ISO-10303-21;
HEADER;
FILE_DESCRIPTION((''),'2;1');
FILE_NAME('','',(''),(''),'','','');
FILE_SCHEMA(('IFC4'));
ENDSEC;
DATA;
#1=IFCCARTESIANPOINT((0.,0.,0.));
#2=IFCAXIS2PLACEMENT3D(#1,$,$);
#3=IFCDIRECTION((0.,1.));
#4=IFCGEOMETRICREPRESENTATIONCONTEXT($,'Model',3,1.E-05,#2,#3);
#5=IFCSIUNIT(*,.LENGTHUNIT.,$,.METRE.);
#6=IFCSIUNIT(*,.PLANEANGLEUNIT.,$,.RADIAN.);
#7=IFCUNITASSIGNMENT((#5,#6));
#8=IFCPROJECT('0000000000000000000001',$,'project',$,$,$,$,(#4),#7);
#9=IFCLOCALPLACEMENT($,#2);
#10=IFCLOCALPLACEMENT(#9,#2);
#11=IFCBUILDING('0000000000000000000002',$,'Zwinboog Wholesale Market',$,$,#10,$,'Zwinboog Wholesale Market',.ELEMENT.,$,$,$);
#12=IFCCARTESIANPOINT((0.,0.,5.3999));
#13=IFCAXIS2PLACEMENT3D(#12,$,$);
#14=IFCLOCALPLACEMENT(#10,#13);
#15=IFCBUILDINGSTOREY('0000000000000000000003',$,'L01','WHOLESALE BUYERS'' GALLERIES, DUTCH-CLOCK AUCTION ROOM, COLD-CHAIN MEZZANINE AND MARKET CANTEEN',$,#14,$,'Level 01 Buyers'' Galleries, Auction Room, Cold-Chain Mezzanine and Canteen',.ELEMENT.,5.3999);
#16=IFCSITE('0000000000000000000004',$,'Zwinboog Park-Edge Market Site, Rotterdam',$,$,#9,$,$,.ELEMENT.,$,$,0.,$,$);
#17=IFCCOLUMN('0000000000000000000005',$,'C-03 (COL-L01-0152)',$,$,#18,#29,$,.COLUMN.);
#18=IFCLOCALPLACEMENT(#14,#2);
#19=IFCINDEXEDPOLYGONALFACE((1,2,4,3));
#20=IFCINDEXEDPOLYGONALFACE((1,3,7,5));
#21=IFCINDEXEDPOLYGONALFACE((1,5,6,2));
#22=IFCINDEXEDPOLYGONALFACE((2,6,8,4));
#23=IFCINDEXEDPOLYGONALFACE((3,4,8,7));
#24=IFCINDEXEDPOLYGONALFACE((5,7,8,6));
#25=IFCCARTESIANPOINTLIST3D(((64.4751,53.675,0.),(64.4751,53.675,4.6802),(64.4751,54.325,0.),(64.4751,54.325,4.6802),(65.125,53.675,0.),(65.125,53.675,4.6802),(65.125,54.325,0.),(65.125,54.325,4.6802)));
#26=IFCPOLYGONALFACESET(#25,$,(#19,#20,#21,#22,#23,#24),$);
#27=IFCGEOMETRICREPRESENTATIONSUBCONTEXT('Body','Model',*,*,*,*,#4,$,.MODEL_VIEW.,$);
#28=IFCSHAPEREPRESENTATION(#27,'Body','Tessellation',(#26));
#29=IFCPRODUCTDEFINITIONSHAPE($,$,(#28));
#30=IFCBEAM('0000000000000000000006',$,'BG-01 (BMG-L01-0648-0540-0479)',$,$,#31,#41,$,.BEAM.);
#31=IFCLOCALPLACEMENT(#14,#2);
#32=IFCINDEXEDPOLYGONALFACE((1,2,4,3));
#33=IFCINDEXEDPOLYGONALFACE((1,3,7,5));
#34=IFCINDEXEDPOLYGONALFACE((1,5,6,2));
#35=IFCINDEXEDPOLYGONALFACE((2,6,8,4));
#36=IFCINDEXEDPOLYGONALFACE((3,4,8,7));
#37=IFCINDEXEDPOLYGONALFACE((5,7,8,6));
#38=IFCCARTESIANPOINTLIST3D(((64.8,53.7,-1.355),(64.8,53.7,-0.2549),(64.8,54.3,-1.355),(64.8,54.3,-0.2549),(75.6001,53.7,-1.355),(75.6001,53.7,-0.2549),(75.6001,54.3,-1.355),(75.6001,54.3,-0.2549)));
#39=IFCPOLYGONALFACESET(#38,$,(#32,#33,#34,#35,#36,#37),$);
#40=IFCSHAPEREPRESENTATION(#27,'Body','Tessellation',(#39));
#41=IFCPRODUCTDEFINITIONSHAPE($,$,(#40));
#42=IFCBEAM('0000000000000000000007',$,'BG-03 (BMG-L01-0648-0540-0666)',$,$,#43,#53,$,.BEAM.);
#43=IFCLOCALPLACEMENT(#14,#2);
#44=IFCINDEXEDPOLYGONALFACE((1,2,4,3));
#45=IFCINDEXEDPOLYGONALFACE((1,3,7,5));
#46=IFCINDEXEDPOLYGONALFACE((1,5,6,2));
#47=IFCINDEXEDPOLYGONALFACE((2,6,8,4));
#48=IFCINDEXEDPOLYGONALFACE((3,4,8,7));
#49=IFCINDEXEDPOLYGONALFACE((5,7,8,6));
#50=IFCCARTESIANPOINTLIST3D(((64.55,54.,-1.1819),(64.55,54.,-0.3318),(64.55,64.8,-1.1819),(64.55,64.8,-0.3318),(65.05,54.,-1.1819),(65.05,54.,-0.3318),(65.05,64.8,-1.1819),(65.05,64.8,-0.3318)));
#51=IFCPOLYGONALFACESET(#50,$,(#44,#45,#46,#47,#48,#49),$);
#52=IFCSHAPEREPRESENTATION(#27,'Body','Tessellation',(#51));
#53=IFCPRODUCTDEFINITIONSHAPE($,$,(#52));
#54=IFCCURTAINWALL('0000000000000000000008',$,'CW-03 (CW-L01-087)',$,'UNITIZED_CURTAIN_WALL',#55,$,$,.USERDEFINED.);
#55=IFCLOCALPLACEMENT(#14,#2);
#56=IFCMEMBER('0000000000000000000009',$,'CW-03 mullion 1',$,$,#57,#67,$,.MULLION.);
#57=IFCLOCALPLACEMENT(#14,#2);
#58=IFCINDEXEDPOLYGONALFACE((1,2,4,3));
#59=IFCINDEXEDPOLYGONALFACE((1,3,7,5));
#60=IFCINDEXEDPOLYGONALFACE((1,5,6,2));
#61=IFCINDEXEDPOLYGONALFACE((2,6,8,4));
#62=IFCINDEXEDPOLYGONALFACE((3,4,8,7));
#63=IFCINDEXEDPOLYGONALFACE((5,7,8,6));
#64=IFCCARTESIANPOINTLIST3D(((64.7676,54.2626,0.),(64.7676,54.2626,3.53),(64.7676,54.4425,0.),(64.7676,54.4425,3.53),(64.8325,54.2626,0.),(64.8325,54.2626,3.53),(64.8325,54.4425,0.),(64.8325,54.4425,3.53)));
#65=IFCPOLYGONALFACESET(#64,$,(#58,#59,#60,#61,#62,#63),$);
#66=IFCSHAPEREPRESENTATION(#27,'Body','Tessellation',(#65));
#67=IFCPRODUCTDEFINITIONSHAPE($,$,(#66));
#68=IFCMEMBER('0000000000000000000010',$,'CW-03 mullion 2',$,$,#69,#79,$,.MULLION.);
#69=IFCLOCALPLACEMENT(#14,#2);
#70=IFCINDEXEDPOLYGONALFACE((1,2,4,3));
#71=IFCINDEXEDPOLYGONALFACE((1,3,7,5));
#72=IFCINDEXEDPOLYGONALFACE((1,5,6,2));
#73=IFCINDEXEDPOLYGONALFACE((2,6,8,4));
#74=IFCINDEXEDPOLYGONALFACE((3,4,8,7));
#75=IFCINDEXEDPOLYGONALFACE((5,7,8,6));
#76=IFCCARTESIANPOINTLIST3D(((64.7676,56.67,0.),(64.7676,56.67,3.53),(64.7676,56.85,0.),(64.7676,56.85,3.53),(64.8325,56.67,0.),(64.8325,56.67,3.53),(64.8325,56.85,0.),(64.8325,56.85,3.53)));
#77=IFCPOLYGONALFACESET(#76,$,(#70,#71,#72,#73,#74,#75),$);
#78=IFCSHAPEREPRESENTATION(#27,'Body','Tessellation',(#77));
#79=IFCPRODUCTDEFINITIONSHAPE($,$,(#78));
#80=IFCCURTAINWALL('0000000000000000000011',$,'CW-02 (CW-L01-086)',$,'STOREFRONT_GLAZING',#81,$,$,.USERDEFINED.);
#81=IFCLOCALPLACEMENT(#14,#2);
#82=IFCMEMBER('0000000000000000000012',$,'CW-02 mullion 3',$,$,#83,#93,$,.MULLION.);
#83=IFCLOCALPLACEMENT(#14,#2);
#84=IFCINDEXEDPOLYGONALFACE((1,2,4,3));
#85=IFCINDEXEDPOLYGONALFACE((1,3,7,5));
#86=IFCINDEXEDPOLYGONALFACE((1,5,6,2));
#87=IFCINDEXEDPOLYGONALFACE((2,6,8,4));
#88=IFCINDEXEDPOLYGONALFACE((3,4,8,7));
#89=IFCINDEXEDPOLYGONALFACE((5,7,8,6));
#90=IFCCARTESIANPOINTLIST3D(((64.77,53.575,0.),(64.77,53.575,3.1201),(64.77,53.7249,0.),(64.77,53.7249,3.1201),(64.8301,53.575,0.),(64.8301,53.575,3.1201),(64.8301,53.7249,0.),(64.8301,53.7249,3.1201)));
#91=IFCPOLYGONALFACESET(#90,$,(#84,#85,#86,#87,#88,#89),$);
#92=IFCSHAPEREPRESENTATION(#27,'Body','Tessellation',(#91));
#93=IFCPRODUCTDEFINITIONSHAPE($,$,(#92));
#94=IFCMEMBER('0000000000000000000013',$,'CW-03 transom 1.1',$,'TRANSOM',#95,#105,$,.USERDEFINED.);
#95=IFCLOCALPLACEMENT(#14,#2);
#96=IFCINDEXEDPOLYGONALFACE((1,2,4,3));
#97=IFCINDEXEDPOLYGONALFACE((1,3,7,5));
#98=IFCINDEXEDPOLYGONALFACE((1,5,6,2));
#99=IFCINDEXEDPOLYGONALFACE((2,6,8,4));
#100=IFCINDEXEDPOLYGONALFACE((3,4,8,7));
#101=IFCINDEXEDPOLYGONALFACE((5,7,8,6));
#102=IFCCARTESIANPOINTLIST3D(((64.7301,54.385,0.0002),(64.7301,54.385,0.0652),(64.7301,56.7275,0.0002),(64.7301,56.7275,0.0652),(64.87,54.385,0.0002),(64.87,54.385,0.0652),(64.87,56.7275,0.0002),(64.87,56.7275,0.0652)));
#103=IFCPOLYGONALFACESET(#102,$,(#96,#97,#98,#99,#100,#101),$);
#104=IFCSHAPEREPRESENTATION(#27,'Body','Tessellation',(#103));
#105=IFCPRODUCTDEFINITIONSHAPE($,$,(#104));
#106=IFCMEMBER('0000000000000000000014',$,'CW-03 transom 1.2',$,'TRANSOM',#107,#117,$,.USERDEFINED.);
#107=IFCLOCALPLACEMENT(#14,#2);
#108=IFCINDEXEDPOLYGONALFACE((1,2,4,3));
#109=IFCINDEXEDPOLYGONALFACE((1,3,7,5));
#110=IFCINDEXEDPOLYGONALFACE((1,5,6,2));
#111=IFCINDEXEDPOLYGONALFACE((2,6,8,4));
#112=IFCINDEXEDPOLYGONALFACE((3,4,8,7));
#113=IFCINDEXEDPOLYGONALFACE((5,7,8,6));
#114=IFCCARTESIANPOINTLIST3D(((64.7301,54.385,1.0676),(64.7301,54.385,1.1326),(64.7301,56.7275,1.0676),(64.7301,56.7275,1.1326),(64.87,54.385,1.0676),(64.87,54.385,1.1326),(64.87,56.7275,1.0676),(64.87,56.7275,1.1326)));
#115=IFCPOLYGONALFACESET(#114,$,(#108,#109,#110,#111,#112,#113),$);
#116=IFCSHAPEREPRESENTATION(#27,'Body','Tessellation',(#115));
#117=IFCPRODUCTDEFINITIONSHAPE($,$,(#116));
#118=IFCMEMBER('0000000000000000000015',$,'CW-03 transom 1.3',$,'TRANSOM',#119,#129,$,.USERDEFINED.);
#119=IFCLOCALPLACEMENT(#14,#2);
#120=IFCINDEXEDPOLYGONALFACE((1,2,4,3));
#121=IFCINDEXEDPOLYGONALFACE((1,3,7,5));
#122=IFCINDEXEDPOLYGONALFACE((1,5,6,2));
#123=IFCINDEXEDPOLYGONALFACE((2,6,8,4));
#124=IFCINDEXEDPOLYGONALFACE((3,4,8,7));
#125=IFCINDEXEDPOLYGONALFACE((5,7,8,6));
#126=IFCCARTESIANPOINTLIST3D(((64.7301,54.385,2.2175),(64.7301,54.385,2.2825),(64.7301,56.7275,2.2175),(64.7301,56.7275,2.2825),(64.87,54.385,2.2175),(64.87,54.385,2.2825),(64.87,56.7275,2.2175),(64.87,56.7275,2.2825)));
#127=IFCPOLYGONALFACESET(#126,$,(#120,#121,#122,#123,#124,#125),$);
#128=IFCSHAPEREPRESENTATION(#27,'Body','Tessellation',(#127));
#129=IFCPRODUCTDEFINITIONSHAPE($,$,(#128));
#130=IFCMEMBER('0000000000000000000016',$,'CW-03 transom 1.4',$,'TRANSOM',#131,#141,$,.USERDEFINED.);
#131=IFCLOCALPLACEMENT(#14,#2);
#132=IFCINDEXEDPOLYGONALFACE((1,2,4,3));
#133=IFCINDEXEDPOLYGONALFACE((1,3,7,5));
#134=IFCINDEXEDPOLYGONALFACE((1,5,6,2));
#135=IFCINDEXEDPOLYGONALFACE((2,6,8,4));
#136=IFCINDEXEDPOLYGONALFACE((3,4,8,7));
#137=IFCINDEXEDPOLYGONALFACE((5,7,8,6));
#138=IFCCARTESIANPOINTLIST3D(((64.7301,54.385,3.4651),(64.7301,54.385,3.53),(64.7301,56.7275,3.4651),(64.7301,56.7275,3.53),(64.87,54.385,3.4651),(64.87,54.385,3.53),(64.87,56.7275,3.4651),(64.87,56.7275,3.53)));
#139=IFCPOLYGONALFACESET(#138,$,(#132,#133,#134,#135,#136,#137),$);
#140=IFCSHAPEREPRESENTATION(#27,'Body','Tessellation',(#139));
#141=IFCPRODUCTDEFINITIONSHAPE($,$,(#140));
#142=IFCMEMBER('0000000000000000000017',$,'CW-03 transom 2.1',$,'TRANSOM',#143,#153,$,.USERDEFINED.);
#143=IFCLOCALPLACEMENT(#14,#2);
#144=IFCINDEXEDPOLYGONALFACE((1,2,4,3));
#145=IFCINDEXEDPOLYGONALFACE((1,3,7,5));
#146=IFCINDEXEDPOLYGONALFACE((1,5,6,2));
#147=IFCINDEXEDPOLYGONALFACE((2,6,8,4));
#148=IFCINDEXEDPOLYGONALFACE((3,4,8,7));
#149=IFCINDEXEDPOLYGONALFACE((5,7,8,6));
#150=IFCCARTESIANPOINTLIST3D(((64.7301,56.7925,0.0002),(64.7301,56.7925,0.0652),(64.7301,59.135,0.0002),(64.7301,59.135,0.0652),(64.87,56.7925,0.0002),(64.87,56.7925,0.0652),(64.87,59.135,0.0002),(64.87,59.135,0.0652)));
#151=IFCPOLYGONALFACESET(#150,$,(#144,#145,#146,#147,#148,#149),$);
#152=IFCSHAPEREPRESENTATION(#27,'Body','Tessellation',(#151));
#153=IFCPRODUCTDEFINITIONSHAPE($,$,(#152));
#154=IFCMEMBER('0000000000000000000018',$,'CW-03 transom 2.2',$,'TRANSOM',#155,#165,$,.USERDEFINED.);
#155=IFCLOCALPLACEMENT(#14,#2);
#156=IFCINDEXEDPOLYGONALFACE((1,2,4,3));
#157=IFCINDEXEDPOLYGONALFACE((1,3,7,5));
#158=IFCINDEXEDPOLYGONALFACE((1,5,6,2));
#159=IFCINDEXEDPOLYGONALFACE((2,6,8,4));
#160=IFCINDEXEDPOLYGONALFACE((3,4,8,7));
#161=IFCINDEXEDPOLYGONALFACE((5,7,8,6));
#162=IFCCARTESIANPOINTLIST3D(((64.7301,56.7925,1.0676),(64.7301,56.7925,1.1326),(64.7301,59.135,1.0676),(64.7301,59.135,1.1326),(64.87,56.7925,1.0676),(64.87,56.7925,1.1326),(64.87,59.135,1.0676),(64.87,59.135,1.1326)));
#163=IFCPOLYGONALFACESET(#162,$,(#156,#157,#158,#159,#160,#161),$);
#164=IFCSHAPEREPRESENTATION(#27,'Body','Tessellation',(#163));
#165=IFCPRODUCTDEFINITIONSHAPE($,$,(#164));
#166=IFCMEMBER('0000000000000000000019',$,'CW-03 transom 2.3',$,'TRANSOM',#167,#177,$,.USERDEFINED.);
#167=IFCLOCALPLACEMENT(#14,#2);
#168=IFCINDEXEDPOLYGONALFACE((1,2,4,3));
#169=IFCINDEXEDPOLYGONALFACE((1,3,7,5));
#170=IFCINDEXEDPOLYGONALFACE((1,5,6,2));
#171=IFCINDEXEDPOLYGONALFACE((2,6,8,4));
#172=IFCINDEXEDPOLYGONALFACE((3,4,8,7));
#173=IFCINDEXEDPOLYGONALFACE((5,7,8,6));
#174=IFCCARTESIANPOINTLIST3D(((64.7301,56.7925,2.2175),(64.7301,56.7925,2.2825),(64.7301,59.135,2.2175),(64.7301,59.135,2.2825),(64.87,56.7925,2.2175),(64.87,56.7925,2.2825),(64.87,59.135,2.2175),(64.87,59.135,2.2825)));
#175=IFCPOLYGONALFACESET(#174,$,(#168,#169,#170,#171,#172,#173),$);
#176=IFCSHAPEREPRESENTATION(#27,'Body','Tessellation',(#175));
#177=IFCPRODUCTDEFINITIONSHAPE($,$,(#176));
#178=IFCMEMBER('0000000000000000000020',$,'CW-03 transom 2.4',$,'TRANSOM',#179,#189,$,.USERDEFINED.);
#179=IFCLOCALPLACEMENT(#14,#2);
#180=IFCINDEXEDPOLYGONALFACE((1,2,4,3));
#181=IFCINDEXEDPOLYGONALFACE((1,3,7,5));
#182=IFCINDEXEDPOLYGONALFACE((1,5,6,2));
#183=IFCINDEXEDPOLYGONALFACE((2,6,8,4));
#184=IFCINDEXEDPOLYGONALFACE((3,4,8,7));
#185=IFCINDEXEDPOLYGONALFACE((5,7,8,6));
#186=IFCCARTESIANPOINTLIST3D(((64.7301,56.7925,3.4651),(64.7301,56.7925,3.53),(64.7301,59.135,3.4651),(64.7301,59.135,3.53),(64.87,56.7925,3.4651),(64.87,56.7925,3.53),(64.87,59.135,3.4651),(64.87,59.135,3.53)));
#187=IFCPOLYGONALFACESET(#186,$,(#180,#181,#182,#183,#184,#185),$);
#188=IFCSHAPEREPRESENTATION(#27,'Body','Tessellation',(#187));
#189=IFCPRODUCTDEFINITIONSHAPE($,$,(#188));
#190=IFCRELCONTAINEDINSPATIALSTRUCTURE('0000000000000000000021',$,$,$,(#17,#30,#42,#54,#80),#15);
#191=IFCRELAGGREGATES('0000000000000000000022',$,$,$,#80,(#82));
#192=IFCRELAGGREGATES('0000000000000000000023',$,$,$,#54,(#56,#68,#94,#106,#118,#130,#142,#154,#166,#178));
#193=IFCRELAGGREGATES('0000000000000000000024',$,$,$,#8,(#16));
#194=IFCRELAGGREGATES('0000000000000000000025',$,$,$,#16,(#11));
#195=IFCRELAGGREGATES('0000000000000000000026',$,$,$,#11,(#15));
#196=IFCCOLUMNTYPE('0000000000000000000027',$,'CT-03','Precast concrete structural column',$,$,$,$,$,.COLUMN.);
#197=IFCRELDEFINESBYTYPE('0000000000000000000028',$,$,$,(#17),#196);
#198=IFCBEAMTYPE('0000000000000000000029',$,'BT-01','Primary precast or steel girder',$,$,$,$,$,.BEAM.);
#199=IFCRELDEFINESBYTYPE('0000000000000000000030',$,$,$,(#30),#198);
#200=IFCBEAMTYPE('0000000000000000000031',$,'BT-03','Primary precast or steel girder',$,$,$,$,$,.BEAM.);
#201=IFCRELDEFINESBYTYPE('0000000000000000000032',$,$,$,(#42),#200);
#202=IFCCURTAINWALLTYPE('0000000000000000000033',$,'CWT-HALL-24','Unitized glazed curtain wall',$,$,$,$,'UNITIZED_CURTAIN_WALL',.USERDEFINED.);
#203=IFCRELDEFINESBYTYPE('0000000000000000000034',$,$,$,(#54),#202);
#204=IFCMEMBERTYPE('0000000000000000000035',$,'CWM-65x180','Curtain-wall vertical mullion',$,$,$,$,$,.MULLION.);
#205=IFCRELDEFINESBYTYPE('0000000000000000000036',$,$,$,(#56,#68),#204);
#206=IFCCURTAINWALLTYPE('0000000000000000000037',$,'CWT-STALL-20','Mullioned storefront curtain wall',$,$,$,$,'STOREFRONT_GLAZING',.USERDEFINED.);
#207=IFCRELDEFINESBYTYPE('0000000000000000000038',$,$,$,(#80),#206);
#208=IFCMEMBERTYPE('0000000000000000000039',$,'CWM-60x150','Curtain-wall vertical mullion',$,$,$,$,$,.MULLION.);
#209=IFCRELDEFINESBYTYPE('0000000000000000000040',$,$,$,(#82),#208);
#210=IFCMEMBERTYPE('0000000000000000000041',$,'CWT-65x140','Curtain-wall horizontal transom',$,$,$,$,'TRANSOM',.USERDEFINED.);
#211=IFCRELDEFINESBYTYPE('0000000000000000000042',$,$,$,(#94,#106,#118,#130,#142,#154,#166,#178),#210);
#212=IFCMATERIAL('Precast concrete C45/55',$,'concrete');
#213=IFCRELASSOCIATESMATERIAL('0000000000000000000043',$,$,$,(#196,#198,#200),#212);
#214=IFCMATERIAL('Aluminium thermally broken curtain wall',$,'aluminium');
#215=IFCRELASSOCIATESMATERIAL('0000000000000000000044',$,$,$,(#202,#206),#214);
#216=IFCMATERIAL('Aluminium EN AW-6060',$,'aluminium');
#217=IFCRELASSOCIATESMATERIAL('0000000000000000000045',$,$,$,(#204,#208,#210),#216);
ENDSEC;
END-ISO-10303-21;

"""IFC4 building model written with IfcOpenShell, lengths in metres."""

from ifc_helpers import new_model, si_unit, direction, frame, origin, origin_2d, place, context, subcontext, project, spatial, rectangle, extrude, material, material_profile, profile_set, type_object, element, aggregate, save


model = new_model("IFC4")

# Units and contexts
model_context = context("Model", 3, precision=1e-05, world=origin(), true_north=direction((0.0, 1.0)))
body_context = subcontext(model_context, "Body", "Model", "MODEL_VIEW")
ifc_project = project(units=[si_unit("LENGTHUNIT", "METRE"), si_unit("PLANEANGLEUNIT", "RADIAN")], contexts=[model_context])

# Site, building, storey
site_placement = place(None, origin())
site = spatial("IfcSite", under=ifc_project, at=site_placement, Name="Zwinboog Park-Edge Market Site, Rotterdam", CompositionType="ELEMENT", RefElevation=0.0)
building_placement = place(site_placement, origin())
building = spatial("IfcBuilding", under=site, at=building_placement, Name="Zwinboog Wholesale Market", LongName="Zwinboog Wholesale Market", CompositionType="ELEMENT")
storey_placement = place(building_placement, frame((0.0, 0.0, 5.3999)))
storey = spatial("IfcBuildingStorey", under=building, at=storey_placement, Name="L01", Description="WHOLESALE BUYERS' GALLERIES, DUTCH-CLOCK AUCTION ROOM, COLD-CHAIN MEZZANINE AND MARKET CANTEEN", LongName="Level 01 Buyers' Galleries, Auction Room, Cold-Chain Mezzanine and Canteen", CompositionType="ELEMENT", Elevation=5.3999)

# Column
ifc_material_1 = material(Name="Precast concrete C45/55", Category="concrete")
ifc_material_profile_1 = material_profile(ifc_material_1, rectangle(XDim=0.6499, YDim=0.6499, at=origin_2d()), Name="PC 650x650")
ifc_profile_set_1 = profile_set([ifc_material_profile_1], Name="Precast concrete C45/55")
column_type = type_object("IfcColumnType", Name="CT-03", Description="Precast concrete structural column", PredefinedType="COLUMN", material=ifc_profile_set_1)
column_placement = place(storey_placement, frame((64.8, 54.0, 0.0), z_axis=(0.0, 0.0, 1.0), x_axis=(1.0, 0.0, 0.0)))
element("IfcColumn", 1, at=column_placement, inside=storey, type_object=column_type, Name="C-03 (COL-L01-0152)", PredefinedType="COLUMN", context=body_context, shape_type="SweptSolid", body=[
    extrude(rectangle(XDim=0.6499, YDim=0.6499, at=origin_2d()), origin(), (0.0, 0.0, 1.0), 4.6802),
])

# Beams
ifc_material_profile_2 = material_profile(ifc_material_1, rectangle(XDim=0.6001, YDim=1.1001, at=origin_2d()), Name="PC 600x1100")
ifc_profile_set_2 = profile_set([ifc_material_profile_2], Name="Precast concrete C45/55")
beam_type_1 = type_object("IfcBeamType", Name="BT-01", Description="Primary precast or steel girder", PredefinedType="BEAM", material=ifc_profile_set_2)
beam_1_placement = place(storey_placement, frame((64.8, 54.0, -0.8049), z_axis=(1.0, 0.0, 0.0), x_axis=(0.0, 1.0, 0.0)))
element("IfcBeam", 2, at=beam_1_placement, inside=storey, type_object=beam_type_1, Name="BG-01 (BMG-L01-0648-0540-0479)", PredefinedType="BEAM", context=body_context, shape_type="SweptSolid", body=[
    extrude(rectangle(XDim=0.6001, YDim=1.1001, at=origin_2d()), origin(), (0.0, 0.0, 1.0), 10.8),
])
ifc_material_profile_3 = material_profile(ifc_material_1, rectangle(XDim=0.5, YDim=0.8501, at=origin_2d()), Name="PC 500x850")
ifc_profile_set_3 = profile_set([ifc_material_profile_3], Name="Precast concrete C45/55")
beam_type_2 = type_object("IfcBeamType", Name="BT-03", Description="Primary precast or steel girder", PredefinedType="BEAM", material=ifc_profile_set_3)
beam_2_placement = place(storey_placement, frame((64.8, 54.0, -0.7568), z_axis=(0.0, 1.0, 0.0), x_axis=(-1.0, 0.0, 0.0)))
element("IfcBeam", 3, at=beam_2_placement, inside=storey, type_object=beam_type_2, Name="BG-03 (BMG-L01-0648-0540-0666)", PredefinedType="BEAM", context=body_context, shape_type="SweptSolid", body=[
    extrude(rectangle(XDim=0.5, YDim=0.8501, at=origin_2d()), origin(), (0.0, 0.0, 1.0), 10.8),
])

# Curtain wall, members
ifc_material_2 = material(Name="Aluminium thermally broken curtain wall", Category="aluminium")
curtain_wall_type_1 = type_object("IfcCurtainWallType", Name="CWT-HALL-24", Description="Unitized glazed curtain wall", ElementType="UNITIZED_CURTAIN_WALL", PredefinedType="USERDEFINED", material=ifc_material_2)
curtain_wall_1_placement = place(storey_placement, origin())
curtain_wall_1 = element("IfcCurtainWall", 4, at=curtain_wall_1_placement, inside=storey, type_object=curtain_wall_type_1, Name="CW-03 (CW-L01-087)", ObjectType="UNITIZED_CURTAIN_WALL", PredefinedType="USERDEFINED")
ifc_material_3 = material(Name="Aluminium EN AW-6060", Category="aluminium")
ifc_material_profile_4 = material_profile(ifc_material_3, rectangle(XDim=0.0649, YDim=0.1799, at=origin_2d()), Name="AL 65x180")
ifc_profile_set_4 = profile_set([ifc_material_profile_4], Name="Aluminium EN AW-6060")
member_type_1 = type_object("IfcMemberType", Name="CWM-65x180", Description="Curtain-wall vertical mullion", PredefinedType="MULLION", material=ifc_profile_set_4)
member_1_placement = place(storey_placement, frame((64.8, 54.3525, 0.0), z_axis=(0.0, 0.0, 1.0), x_axis=(-1.0, 0.0, 0.0)))
member_1 = element("IfcMember", 5, at=member_1_placement, type_object=member_type_1, Name="CW-03 mullion 1", PredefinedType="MULLION", context=body_context, shape_type="SweptSolid", body=[
    extrude(rectangle(XDim=0.0649, YDim=0.1799, at=origin_2d()), origin(), (0.0, 0.0, 1.0), 3.53),
])
member_2_placement = place(storey_placement, frame((64.8, 56.76, 0.0), z_axis=(0.0, 0.0, 1.0), x_axis=(-1.0, 0.0, 0.0)))
member_2 = element("IfcMember", 6, at=member_2_placement, type_object=member_type_1, Name="CW-03 mullion 2", PredefinedType="MULLION", context=body_context, shape_type="SweptSolid", body=[
    extrude(rectangle(XDim=0.0649, YDim=0.1799, at=origin_2d()), origin(), (0.0, 0.0, 1.0), 3.53),
])

# Curtain wall, member
curtain_wall_type_2 = type_object("IfcCurtainWallType", Name="CWT-STALL-20", Description="Mullioned storefront curtain wall", ElementType="STOREFRONT_GLAZING", PredefinedType="USERDEFINED", material=ifc_material_2)
curtain_wall_2_placement = place(storey_placement, origin())
curtain_wall_2 = element("IfcCurtainWall", 7, at=curtain_wall_2_placement, inside=storey, type_object=curtain_wall_type_2, Name="CW-02 (CW-L01-086)", ObjectType="STOREFRONT_GLAZING", PredefinedType="USERDEFINED")
ifc_material_profile_5 = material_profile(ifc_material_3, rectangle(XDim=0.0601, YDim=0.1499, at=origin_2d()), Name="AL 60x150")
ifc_profile_set_5 = profile_set([ifc_material_profile_5], Name="Aluminium EN AW-6060")
member_type_2 = type_object("IfcMemberType", Name="CWM-60x150", Description="Curtain-wall vertical mullion", PredefinedType="MULLION", material=ifc_profile_set_5)
member_3_placement = place(storey_placement, frame((64.8, 53.6499, 0.0), z_axis=(0.0, 0.0, 1.0), x_axis=(-1.0, 0.0, 0.0)))
member_3 = element("IfcMember", 8, at=member_3_placement, type_object=member_type_2, Name="CW-02 mullion 3", PredefinedType="MULLION", context=body_context, shape_type="SweptSolid", body=[
    extrude(rectangle(XDim=0.0601, YDim=0.1499, at=origin_2d()), origin(), (0.0, 0.0, 1.0), 3.1201),
])
aggregate(curtain_wall_2, [member_3])

# Members
ifc_material_profile_6 = material_profile(ifc_material_3, rectangle(XDim=0.1399, YDim=0.0649, at=origin_2d()), Name="AL 65x140")
ifc_profile_set_6 = profile_set([ifc_material_profile_6], Name="Aluminium EN AW-6060")
member_type_3 = type_object("IfcMemberType", Name="CWT-65x140", Description="Curtain-wall horizontal transom", ElementType="TRANSOM", PredefinedType="USERDEFINED", material=ifc_profile_set_6)
member_4_placement = place(storey_placement, frame((64.8, 54.385, 0.0327), z_axis=(0.0, 1.0, 0.0), x_axis=(-1.0, 0.0, 0.0)))
member_4 = element("IfcMember", 9, at=member_4_placement, type_object=member_type_3, Name="CW-03 transom 1.1", ObjectType="TRANSOM", PredefinedType="USERDEFINED", context=body_context, shape_type="SweptSolid", body=[
    extrude(rectangle(XDim=0.1399, YDim=0.0649, at=origin_2d()), origin(), (0.0, 0.0, 1.0), 2.3425),
])
member_5_placement = place(storey_placement, frame((64.8, 54.385, 1.1001), z_axis=(0.0, 1.0, 0.0), x_axis=(-1.0, 0.0, 0.0)))
member_5 = element("IfcMember", 10, at=member_5_placement, type_object=member_type_3, Name="CW-03 transom 1.2", ObjectType="TRANSOM", PredefinedType="USERDEFINED", context=body_context, shape_type="SweptSolid", body=[
    extrude(rectangle(XDim=0.1399, YDim=0.0649, at=origin_2d()), origin(), (0.0, 0.0, 1.0), 2.3425),
])
member_6_placement = place(storey_placement, frame((64.8, 54.385, 2.25), z_axis=(0.0, 1.0, 0.0), x_axis=(-1.0, 0.0, 0.0)))
member_6 = element("IfcMember", 11, at=member_6_placement, type_object=member_type_3, Name="CW-03 transom 1.3", ObjectType="TRANSOM", PredefinedType="USERDEFINED", context=body_context, shape_type="SweptSolid", body=[
    extrude(rectangle(XDim=0.1399, YDim=0.0649, at=origin_2d()), origin(), (0.0, 0.0, 1.0), 2.3425),
])
member_7_placement = place(storey_placement, frame((64.8, 54.385, 3.4976), z_axis=(0.0, 1.0, 0.0), x_axis=(-1.0, 0.0, 0.0)))
member_7 = element("IfcMember", 12, at=member_7_placement, type_object=member_type_3, Name="CW-03 transom 1.4", ObjectType="TRANSOM", PredefinedType="USERDEFINED", context=body_context, shape_type="SweptSolid", body=[
    extrude(rectangle(XDim=0.1399, YDim=0.0649, at=origin_2d()), origin(), (0.0, 0.0, 1.0), 2.3425),
])
member_8_placement = place(storey_placement, frame((64.8, 56.7925, 0.0327), z_axis=(0.0, 1.0, 0.0), x_axis=(-1.0, 0.0, 0.0)))
member_8 = element("IfcMember", 13, at=member_8_placement, type_object=member_type_3, Name="CW-03 transom 2.1", ObjectType="TRANSOM", PredefinedType="USERDEFINED", context=body_context, shape_type="SweptSolid", body=[
    extrude(rectangle(XDim=0.1399, YDim=0.0649, at=origin_2d()), origin(), (0.0, 0.0, 1.0), 2.3425),
])
member_9_placement = place(storey_placement, frame((64.8, 56.7925, 1.1001), z_axis=(0.0, 1.0, 0.0), x_axis=(-1.0, 0.0, 0.0)))
member_9 = element("IfcMember", 14, at=member_9_placement, type_object=member_type_3, Name="CW-03 transom 2.2", ObjectType="TRANSOM", PredefinedType="USERDEFINED", context=body_context, shape_type="SweptSolid", body=[
    extrude(rectangle(XDim=0.1399, YDim=0.0649, at=origin_2d()), origin(), (0.0, 0.0, 1.0), 2.3425),
])
member_10_placement = place(storey_placement, frame((64.8, 56.7925, 2.25), z_axis=(0.0, 1.0, 0.0), x_axis=(-1.0, 0.0, 0.0)))
member_10 = element("IfcMember", 15, at=member_10_placement, type_object=member_type_3, Name="CW-03 transom 2.3", ObjectType="TRANSOM", PredefinedType="USERDEFINED", context=body_context, shape_type="SweptSolid", body=[
    extrude(rectangle(XDim=0.1399, YDim=0.0649, at=origin_2d()), origin(), (0.0, 0.0, 1.0), 2.3425),
])
member_11_placement = place(storey_placement, frame((64.8, 56.7925, 3.4976), z_axis=(0.0, 1.0, 0.0), x_axis=(-1.0, 0.0, 0.0)))
member_11 = element("IfcMember", 16, at=member_11_placement, type_object=member_type_3, Name="CW-03 transom 2.4", ObjectType="TRANSOM", PredefinedType="USERDEFINED", context=body_context, shape_type="SweptSolid", body=[
    extrude(rectangle(XDim=0.1399, YDim=0.0649, at=origin_2d()), origin(), (0.0, 0.0, 1.0), 2.3425),
])

aggregate(curtain_wall_1, [member_1, member_2, member_4, member_5, member_6, member_7, member_8, member_9, member_10, member_11])

save(model, "model.ifc")
